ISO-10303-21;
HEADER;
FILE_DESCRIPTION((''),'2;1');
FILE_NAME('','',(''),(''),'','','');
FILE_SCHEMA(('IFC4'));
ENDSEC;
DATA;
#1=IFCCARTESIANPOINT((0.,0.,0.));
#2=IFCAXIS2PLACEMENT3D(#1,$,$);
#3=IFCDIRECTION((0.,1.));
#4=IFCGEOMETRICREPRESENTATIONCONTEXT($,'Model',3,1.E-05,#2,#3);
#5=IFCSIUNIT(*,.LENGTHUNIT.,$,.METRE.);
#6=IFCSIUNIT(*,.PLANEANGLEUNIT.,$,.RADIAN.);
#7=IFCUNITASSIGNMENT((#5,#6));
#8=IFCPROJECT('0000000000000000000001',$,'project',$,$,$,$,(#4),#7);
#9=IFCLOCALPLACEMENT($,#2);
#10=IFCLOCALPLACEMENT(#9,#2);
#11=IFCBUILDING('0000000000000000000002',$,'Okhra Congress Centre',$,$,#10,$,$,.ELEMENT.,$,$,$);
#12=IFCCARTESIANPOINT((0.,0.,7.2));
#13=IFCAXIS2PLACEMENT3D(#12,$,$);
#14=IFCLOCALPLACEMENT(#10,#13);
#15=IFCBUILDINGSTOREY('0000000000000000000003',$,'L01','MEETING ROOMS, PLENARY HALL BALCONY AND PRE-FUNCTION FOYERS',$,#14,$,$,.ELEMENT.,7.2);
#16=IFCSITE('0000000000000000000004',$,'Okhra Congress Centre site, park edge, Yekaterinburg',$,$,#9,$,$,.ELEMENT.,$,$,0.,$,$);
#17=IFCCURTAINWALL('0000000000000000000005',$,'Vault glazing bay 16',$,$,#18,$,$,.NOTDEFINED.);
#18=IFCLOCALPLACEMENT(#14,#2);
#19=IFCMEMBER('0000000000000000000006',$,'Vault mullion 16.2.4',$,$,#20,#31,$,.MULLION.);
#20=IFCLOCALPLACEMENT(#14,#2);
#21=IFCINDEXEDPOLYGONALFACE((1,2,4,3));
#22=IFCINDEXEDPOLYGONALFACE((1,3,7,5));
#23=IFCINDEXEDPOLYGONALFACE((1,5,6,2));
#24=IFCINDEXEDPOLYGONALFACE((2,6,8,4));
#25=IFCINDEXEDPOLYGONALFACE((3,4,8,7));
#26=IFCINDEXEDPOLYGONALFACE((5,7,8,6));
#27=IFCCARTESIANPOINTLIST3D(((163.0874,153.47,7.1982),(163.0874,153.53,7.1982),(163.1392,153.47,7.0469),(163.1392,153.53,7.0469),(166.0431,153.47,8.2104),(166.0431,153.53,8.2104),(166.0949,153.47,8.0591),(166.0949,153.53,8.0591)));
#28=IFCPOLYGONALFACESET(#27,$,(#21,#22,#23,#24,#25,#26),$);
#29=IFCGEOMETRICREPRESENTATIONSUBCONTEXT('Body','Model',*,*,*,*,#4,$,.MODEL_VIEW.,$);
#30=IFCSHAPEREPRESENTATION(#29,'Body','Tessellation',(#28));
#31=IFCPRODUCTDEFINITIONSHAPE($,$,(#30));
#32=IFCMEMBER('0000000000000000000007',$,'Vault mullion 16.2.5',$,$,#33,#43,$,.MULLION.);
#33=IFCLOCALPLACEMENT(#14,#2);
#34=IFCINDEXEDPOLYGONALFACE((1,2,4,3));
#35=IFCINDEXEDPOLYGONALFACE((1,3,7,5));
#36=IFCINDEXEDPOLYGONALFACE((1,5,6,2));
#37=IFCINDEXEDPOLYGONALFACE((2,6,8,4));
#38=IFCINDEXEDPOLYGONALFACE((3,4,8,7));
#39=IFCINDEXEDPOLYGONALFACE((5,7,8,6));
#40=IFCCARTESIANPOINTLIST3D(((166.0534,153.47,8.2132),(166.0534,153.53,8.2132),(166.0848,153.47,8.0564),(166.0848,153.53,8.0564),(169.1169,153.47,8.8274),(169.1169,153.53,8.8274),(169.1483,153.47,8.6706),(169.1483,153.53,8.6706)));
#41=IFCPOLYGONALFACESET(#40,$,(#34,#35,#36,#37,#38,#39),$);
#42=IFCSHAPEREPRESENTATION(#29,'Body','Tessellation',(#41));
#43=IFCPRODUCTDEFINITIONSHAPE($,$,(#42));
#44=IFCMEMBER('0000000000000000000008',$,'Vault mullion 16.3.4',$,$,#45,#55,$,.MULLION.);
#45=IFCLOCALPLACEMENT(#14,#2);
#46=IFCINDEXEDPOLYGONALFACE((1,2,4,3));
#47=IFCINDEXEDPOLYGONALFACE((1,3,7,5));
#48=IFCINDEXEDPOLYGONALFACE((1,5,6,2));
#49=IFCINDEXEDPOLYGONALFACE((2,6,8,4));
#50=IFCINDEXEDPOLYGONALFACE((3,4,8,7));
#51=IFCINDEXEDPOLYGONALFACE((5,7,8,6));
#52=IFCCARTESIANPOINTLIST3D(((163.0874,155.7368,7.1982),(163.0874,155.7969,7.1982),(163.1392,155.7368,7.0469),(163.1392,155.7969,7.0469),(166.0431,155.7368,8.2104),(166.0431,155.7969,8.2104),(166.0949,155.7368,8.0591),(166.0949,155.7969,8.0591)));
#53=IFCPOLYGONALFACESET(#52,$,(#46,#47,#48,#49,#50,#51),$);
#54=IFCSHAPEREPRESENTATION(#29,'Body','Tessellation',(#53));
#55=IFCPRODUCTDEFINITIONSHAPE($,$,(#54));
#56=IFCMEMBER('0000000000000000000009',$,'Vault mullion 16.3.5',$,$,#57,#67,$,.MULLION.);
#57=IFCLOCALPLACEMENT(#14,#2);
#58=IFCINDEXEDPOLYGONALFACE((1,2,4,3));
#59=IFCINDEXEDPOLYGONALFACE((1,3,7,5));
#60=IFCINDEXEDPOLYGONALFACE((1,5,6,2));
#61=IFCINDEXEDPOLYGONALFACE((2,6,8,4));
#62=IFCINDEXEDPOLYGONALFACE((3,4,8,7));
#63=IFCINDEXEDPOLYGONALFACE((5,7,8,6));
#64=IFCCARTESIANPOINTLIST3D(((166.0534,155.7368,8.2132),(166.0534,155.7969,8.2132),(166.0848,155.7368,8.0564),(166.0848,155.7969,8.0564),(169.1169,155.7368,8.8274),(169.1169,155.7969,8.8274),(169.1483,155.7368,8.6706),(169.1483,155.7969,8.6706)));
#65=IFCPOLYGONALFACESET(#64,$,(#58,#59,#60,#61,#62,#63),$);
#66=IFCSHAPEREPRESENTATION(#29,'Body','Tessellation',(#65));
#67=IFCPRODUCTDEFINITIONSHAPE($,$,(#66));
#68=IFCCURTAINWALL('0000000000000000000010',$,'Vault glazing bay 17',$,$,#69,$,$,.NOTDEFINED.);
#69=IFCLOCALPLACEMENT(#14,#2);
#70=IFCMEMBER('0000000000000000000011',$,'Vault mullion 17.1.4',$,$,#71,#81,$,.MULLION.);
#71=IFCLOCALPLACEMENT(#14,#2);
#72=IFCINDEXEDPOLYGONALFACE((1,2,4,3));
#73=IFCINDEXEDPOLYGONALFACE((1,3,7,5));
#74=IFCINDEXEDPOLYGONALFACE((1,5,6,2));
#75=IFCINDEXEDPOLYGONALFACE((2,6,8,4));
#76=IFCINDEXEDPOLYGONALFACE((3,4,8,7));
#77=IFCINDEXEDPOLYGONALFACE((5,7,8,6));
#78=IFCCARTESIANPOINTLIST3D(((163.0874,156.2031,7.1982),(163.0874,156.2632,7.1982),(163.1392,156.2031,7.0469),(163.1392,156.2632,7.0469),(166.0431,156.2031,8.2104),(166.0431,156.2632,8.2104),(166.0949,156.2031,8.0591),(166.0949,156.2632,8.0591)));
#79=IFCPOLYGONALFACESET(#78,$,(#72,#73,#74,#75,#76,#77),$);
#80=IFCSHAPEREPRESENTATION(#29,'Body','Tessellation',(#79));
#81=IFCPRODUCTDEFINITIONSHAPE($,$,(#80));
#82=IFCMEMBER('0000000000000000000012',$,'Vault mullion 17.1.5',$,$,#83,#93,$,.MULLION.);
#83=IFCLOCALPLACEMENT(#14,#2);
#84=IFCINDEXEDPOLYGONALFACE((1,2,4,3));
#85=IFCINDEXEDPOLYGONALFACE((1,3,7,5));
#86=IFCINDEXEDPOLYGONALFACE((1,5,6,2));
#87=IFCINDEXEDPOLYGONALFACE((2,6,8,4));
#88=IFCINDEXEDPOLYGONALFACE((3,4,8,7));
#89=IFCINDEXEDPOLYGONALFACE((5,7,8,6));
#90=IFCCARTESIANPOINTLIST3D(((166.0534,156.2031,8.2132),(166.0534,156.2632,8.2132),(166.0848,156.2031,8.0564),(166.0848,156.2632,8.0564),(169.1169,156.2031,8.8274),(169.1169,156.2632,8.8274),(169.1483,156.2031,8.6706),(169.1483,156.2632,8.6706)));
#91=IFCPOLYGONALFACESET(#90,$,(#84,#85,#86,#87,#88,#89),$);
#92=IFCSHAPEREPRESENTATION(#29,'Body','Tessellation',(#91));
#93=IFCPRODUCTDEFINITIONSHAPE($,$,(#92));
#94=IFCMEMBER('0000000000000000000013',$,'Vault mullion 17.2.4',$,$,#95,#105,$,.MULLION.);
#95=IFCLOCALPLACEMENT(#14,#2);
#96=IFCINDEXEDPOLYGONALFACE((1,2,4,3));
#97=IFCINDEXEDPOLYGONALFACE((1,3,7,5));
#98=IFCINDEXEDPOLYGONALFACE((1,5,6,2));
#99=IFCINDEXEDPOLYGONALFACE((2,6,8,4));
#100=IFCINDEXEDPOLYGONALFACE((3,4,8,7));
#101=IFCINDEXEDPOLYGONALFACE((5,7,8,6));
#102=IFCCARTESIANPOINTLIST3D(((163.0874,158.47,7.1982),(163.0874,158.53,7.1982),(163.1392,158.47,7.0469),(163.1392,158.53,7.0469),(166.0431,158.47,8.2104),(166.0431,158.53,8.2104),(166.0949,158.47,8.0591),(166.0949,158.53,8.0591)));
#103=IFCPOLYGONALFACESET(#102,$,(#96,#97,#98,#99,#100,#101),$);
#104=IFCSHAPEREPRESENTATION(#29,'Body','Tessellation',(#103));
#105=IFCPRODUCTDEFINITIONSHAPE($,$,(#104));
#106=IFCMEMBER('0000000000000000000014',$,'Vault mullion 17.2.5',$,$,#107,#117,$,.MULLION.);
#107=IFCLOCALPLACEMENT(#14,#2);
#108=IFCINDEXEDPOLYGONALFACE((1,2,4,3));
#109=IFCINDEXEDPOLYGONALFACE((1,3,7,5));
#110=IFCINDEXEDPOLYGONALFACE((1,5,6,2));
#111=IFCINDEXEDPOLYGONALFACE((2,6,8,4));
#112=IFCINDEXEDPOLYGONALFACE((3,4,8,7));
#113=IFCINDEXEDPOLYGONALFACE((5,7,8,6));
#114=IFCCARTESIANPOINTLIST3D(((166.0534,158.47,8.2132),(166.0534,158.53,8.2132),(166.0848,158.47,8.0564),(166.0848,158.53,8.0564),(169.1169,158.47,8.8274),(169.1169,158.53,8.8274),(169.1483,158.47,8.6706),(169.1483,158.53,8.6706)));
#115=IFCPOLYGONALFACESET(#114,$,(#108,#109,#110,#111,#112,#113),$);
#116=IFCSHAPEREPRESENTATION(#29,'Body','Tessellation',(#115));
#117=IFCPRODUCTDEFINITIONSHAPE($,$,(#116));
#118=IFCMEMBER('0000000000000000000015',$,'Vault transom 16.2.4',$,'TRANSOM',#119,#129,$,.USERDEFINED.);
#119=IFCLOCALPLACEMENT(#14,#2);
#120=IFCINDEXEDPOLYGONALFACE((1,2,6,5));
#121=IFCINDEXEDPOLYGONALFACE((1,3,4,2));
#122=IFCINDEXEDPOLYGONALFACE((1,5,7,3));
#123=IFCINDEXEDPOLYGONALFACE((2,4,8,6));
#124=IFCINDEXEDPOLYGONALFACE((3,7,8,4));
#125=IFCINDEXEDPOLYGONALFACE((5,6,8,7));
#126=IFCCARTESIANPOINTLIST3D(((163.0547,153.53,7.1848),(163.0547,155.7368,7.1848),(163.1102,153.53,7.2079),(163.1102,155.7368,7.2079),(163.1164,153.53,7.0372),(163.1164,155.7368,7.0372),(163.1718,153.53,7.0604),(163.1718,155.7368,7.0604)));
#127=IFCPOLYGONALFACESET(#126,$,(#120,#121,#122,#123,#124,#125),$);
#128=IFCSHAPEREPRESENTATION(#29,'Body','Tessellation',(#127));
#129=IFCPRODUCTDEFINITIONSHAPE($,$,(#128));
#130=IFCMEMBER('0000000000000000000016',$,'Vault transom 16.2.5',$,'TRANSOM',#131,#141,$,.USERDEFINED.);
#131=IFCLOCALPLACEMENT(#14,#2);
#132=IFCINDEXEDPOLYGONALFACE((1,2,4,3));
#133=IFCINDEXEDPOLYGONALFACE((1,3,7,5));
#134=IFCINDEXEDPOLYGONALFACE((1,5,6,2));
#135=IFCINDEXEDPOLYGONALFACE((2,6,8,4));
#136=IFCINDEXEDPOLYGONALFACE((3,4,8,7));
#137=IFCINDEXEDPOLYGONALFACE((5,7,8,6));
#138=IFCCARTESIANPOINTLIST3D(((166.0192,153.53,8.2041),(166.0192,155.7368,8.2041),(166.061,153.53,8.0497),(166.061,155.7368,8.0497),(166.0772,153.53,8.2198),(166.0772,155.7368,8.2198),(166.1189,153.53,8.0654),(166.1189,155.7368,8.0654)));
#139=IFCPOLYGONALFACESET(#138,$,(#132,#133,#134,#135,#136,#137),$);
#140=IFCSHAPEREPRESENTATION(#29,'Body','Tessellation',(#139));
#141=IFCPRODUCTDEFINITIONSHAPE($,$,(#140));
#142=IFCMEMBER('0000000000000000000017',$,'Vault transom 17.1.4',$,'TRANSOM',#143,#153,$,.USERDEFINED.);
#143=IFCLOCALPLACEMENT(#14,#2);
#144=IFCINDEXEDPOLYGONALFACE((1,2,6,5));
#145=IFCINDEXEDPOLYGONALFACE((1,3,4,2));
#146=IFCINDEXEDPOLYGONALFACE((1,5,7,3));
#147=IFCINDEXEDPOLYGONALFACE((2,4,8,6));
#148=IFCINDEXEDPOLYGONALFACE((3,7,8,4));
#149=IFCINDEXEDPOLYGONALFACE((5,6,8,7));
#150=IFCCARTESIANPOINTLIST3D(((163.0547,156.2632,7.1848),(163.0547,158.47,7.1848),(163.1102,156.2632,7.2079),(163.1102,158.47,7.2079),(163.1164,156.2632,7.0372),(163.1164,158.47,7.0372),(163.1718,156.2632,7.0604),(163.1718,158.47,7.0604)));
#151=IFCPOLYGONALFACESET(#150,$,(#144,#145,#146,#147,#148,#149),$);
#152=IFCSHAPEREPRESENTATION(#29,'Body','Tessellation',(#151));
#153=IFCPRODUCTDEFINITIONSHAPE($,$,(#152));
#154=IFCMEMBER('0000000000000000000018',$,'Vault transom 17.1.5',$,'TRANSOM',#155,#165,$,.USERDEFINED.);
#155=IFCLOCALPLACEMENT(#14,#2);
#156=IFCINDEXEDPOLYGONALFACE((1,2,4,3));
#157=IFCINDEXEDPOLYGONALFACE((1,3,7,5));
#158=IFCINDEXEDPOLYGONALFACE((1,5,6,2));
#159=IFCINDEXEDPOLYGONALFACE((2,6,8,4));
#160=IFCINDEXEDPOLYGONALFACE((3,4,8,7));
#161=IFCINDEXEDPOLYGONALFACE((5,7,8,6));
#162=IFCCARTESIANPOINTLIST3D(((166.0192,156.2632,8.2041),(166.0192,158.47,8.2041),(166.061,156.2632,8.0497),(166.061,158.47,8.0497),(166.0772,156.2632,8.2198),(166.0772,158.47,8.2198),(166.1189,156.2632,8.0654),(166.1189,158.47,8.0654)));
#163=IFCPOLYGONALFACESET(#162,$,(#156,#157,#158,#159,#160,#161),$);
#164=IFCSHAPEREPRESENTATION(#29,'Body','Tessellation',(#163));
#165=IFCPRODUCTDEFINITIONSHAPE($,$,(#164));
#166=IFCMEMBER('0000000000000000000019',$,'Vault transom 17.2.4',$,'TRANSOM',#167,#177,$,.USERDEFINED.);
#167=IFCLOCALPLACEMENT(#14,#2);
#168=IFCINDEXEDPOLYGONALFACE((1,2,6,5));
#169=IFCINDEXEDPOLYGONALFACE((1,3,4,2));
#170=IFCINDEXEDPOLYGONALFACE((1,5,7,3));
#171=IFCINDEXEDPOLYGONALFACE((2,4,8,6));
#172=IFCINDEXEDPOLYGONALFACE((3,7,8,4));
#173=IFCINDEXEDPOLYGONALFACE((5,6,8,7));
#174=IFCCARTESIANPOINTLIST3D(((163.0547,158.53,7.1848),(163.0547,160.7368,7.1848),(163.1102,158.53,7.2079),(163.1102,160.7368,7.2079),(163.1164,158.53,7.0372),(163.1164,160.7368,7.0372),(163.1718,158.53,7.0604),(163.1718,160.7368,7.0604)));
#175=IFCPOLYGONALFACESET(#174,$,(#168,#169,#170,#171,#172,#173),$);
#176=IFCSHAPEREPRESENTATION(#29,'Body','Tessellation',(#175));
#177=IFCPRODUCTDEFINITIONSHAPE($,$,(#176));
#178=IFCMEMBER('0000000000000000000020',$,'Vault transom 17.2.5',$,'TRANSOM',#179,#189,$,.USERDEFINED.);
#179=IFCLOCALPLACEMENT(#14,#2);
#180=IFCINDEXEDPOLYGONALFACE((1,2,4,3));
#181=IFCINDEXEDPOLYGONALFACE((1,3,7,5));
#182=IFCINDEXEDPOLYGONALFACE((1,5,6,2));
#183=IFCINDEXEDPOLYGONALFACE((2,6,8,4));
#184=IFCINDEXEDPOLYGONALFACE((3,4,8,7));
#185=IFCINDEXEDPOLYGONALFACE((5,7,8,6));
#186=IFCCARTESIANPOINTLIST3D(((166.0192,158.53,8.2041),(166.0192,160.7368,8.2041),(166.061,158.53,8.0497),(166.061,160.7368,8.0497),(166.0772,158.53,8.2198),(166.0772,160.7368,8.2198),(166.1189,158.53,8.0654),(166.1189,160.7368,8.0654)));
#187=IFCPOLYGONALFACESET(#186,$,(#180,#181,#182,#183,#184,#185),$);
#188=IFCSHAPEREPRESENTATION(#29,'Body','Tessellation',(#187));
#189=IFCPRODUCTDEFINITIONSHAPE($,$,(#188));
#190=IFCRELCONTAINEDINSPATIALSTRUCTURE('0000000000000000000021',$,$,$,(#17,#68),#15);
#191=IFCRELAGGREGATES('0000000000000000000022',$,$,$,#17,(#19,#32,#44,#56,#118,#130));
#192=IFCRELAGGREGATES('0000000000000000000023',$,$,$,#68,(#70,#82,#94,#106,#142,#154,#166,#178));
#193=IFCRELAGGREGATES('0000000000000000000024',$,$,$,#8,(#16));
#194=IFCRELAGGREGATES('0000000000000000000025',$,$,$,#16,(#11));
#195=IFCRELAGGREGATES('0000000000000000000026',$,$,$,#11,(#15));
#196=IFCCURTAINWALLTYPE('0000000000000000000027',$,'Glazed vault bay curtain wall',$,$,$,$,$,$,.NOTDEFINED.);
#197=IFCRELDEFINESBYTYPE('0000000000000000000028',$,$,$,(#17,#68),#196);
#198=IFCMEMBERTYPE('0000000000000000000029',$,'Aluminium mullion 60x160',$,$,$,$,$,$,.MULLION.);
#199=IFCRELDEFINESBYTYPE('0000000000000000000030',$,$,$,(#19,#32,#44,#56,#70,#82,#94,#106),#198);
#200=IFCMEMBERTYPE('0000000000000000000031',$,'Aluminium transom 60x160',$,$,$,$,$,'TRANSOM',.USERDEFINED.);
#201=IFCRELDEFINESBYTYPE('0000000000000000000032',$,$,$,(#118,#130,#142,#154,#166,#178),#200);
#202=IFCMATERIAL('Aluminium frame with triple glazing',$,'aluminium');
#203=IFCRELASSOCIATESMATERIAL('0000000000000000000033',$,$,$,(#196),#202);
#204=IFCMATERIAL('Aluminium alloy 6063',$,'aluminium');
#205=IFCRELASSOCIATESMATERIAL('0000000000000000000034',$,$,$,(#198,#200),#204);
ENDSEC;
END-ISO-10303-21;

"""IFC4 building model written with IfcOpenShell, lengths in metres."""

from ifc_helpers import new_model, si_unit, direction, frame, origin, origin_2d, place, context, subcontext, project, spatial, rectangle, extrude, material, material_profile, profile_set, type_object, element, aggregate, save


model = new_model("IFC4")

# Units and contexts
model_context = context("Model", 3, precision=1e-05, world=origin(), true_north=direction((0.0, 1.0)))
body_context = subcontext(model_context, "Body", "Model", "MODEL_VIEW")
ifc_project = project(units=[si_unit("LENGTHUNIT", "METRE"), si_unit("PLANEANGLEUNIT", "RADIAN")], contexts=[model_context])

# Site, building, storey
site_placement = place(None, origin())
site = spatial("IfcSite", under=ifc_project, at=site_placement, Name="Okhra Congress Centre site, park edge, Yekaterinburg", CompositionType="ELEMENT", RefElevation=0.0)
building_placement = place(site_placement, origin())
building = spatial("IfcBuilding", under=site, at=building_placement, Name="Okhra Congress Centre", CompositionType="ELEMENT")
storey_placement = place(building_placement, frame((0.0, 0.0, 7.2)))
storey = spatial("IfcBuildingStorey", under=building, at=storey_placement, Name="L01", Description="MEETING ROOMS, PLENARY HALL BALCONY AND PRE-FUNCTION FOYERS", CompositionType="ELEMENT", Elevation=7.2)

# Curtain walls, members
ifc_material_1 = material(Name="Aluminium frame with triple glazing", Category="aluminium")
curtain_wall_type = type_object("IfcCurtainWallType", Name="Glazed vault bay curtain wall", PredefinedType="NOTDEFINED", material=ifc_material_1)
curtain_wall_1_placement = place(storey_placement, origin())
curtain_wall_1 = element("IfcCurtainWall", 1, at=curtain_wall_1_placement, inside=storey, type_object=curtain_wall_type, Name="Vault glazing bay 16", PredefinedType="NOTDEFINED")
ifc_material_2 = material(Name="Aluminium alloy 6063", Category="aluminium")
ifc_material_profile_1 = material_profile(ifc_material_2, rectangle(XDim=0.0601, YDim=0.1599, at=origin_2d()), Name="AL 60x160")
ifc_profile_set_1 = profile_set([ifc_material_profile_1], Name="Aluminium alloy 6063")
member_type_1 = type_object("IfcMemberType", Name="Aluminium mullion 60x160", PredefinedType="MULLION", material=ifc_profile_set_1)
member_1_placement = place(storey_placement, frame((163.1133, 153.5, 7.1226), z_axis=(0.946065, 0.0, 0.323977), x_axis=(0.0, 1.0, 0.0)))
member_1 = element("IfcMember", 2, at=member_1_placement, type_object=member_type_1, Name="Vault mullion 16.2.4", PredefinedType="MULLION", context=body_context, shape_type="SweptSolid", body=[
    extrude(rectangle(XDim=0.0601, YDim=0.1599, at=origin_2d()), origin(), (0.0, 0.0, 1.0), 3.1243),
])
member_2_placement = place(storey_placement, frame((166.0691, 153.5, 8.1348), z_axis=(0.980484, 0.0, 0.196597), x_axis=(0.0, 1.0, 0.0)))
member_2 = element("IfcMember", 3, at=member_2_placement, type_object=member_type_1, Name="Vault mullion 16.2.5", PredefinedType="MULLION", context=body_context, shape_type="SweptSolid", body=[
    extrude(rectangle(XDim=0.0601, YDim=0.1599, at=origin_2d()), origin(), (0.0, 0.0, 1.0), 3.1245),
])
member_3_placement = place(storey_placement, frame((163.1133, 155.7668, 7.1226), z_axis=(0.946065, 0.0, 0.323977), x_axis=(0.0, 1.0, 0.0)))
member_3 = element("IfcMember", 4, at=member_3_placement, type_object=member_type_1, Name="Vault mullion 16.3.4", PredefinedType="MULLION", context=body_context, shape_type="SweptSolid", body=[
    extrude(rectangle(XDim=0.0601, YDim=0.1599, at=origin_2d()), origin(), (0.0, 0.0, 1.0), 3.1243),
])
member_4_placement = place(storey_placement, frame((166.0691, 155.7668, 8.1348), z_axis=(0.980484, 0.0, 0.196597), x_axis=(0.0, 1.0, 0.0)))
member_4 = element("IfcMember", 5, at=member_4_placement, type_object=member_type_1, Name="Vault mullion 16.3.5", PredefinedType="MULLION", context=body_context, shape_type="SweptSolid", body=[
    extrude(rectangle(XDim=0.0601, YDim=0.1599, at=origin_2d()), origin(), (0.0, 0.0, 1.0), 3.1245),
])
curtain_wall_2_placement = place(storey_placement, origin())
curtain_wall_2 = element("IfcCurtainWall", 6, at=curtain_wall_2_placement, inside=storey, type_object=curtain_wall_type, Name="Vault glazing bay 17", PredefinedType="NOTDEFINED")
member_5_placement = place(storey_placement, frame((163.1133, 156.2332, 7.1226), z_axis=(0.946065, 0.0, 0.323977), x_axis=(0.0, 1.0, 0.0)))
member_5 = element("IfcMember", 7, at=member_5_placement, type_object=member_type_1, Name="Vault mullion 17.1.4", PredefinedType="MULLION", context=body_context, shape_type="SweptSolid", body=[
    extrude(rectangle(XDim=0.0601, YDim=0.1599, at=origin_2d()), origin(), (0.0, 0.0, 1.0), 3.1243),
])
member_6_placement = place(storey_placement, frame((166.0691, 156.2332, 8.1348), z_axis=(0.980484, 0.0, 0.196597), x_axis=(0.0, 1.0, 0.0)))
member_6 = element("IfcMember", 8, at=member_6_placement, type_object=member_type_1, Name="Vault mullion 17.1.5", PredefinedType="MULLION", context=body_context, shape_type="SweptSolid", body=[
    extrude(rectangle(XDim=0.0601, YDim=0.1599, at=origin_2d()), origin(), (0.0, 0.0, 1.0), 3.1245),
])
member_7_placement = place(storey_placement, frame((163.1133, 158.5, 7.1226), z_axis=(0.946065, 0.0, 0.323977), x_axis=(0.0, 1.0, 0.0)))
member_7 = element("IfcMember", 9, at=member_7_placement, type_object=member_type_1, Name="Vault mullion 17.2.4", PredefinedType="MULLION", context=body_context, shape_type="SweptSolid", body=[
    extrude(rectangle(XDim=0.0601, YDim=0.1599, at=origin_2d()), origin(), (0.0, 0.0, 1.0), 3.1243),
])
member_8_placement = place(storey_placement, frame((166.0691, 158.5, 8.1348), z_axis=(0.980484, 0.0, 0.196597), x_axis=(0.0, 1.0, 0.0)))
member_8 = element("IfcMember", 10, at=member_8_placement, type_object=member_type_1, Name="Vault mullion 17.2.5", PredefinedType="MULLION", context=body_context, shape_type="SweptSolid", body=[
    extrude(rectangle(XDim=0.0601, YDim=0.1599, at=origin_2d()), origin(), (0.0, 0.0, 1.0), 3.1245),
])

# Members
ifc_material_profile_2 = material_profile(ifc_material_2, rectangle(XDim=0.0601, YDim=0.1599, at=origin_2d()), Name="AL 60x160 transom")
ifc_profile_set_2 = profile_set([ifc_material_profile_2], Name="Aluminium alloy 6063")
member_type_2 = type_object("IfcMemberType", Name="Aluminium transom 60x160", ElementType="TRANSOM", PredefinedType="USERDEFINED", material=ifc_profile_set_2)
member_9_placement = place(storey_placement, frame((163.1133, 153.53, 7.1226), z_axis=(0.0, 1.0, 0.0), x_axis=(-0.922669, 0.0, -0.385593)))
member_9 = element("IfcMember", 11, at=member_9_placement, type_object=member_type_2, Name="Vault transom 16.2.4", ObjectType="TRANSOM", PredefinedType="USERDEFINED", context=body_context, shape_type="SweptSolid", body=[
    extrude(rectangle(XDim=0.0601, YDim=0.1599, at=origin_2d()), origin(), (0.0, 0.0, 1.0), 2.2068),
])
member_10_placement = place(storey_placement, frame((166.0691, 153.53, 8.1348), z_axis=(0.0, 1.0, 0.0), x_axis=(-0.96538, 0.0, -0.260848)))
member_10 = element("IfcMember", 12, at=member_10_placement, type_object=member_type_2, Name="Vault transom 16.2.5", ObjectType="TRANSOM", PredefinedType="USERDEFINED", context=body_context, shape_type="SweptSolid", body=[
    extrude(rectangle(XDim=0.0601, YDim=0.1599, at=origin_2d()), origin(), (0.0, 0.0, 1.0), 2.2068),
])
member_11_placement = place(storey_placement, frame((163.1133, 156.2632, 7.1226), z_axis=(0.0, 1.0, 0.0), x_axis=(-0.922669, 0.0, -0.385593)))
member_11 = element("IfcMember", 13, at=member_11_placement, type_object=member_type_2, Name="Vault transom 17.1.4", ObjectType="TRANSOM", PredefinedType="USERDEFINED", context=body_context, shape_type="SweptSolid", body=[
    extrude(rectangle(XDim=0.0601, YDim=0.1599, at=origin_2d()), origin(), (0.0, 0.0, 1.0), 2.2068),
])
member_12_placement = place(storey_placement, frame((166.0691, 156.2632, 8.1348), z_axis=(0.0, 1.0, 0.0), x_axis=(-0.96538, 0.0, -0.260848)))
member_12 = element("IfcMember", 14, at=member_12_placement, type_object=member_type_2, Name="Vault transom 17.1.5", ObjectType="TRANSOM", PredefinedType="USERDEFINED", context=body_context, shape_type="SweptSolid", body=[
    extrude(rectangle(XDim=0.0601, YDim=0.1599, at=origin_2d()), origin(), (0.0, 0.0, 1.0), 2.2068),
])
member_13_placement = place(storey_placement, frame((163.1133, 158.53, 7.1226), z_axis=(0.0, 1.0, 0.0), x_axis=(-0.922669, 0.0, -0.385593)))
member_13 = element("IfcMember", 15, at=member_13_placement, type_object=member_type_2, Name="Vault transom 17.2.4", ObjectType="TRANSOM", PredefinedType="USERDEFINED", context=body_context, shape_type="SweptSolid", body=[
    extrude(rectangle(XDim=0.0601, YDim=0.1599, at=origin_2d()), origin(), (0.0, 0.0, 1.0), 2.2068),
])
member_14_placement = place(storey_placement, frame((166.0691, 158.53, 8.1348), z_axis=(0.0, 1.0, 0.0), x_axis=(-0.96538, 0.0, -0.260848)))
member_14 = element("IfcMember", 16, at=member_14_placement, type_object=member_type_2, Name="Vault transom 17.2.5", ObjectType="TRANSOM", PredefinedType="USERDEFINED", context=body_context, shape_type="SweptSolid", body=[
    extrude(rectangle(XDim=0.0601, YDim=0.1599, at=origin_2d()), origin(), (0.0, 0.0, 1.0), 2.2068),
])

aggregate(curtain_wall_1, [member_1, member_2, member_3, member_4, member_9, member_10])
aggregate(curtain_wall_2, [member_5, member_6, member_7, member_8, member_11, member_12, member_13, member_14])

save(model, "model.ifc")
